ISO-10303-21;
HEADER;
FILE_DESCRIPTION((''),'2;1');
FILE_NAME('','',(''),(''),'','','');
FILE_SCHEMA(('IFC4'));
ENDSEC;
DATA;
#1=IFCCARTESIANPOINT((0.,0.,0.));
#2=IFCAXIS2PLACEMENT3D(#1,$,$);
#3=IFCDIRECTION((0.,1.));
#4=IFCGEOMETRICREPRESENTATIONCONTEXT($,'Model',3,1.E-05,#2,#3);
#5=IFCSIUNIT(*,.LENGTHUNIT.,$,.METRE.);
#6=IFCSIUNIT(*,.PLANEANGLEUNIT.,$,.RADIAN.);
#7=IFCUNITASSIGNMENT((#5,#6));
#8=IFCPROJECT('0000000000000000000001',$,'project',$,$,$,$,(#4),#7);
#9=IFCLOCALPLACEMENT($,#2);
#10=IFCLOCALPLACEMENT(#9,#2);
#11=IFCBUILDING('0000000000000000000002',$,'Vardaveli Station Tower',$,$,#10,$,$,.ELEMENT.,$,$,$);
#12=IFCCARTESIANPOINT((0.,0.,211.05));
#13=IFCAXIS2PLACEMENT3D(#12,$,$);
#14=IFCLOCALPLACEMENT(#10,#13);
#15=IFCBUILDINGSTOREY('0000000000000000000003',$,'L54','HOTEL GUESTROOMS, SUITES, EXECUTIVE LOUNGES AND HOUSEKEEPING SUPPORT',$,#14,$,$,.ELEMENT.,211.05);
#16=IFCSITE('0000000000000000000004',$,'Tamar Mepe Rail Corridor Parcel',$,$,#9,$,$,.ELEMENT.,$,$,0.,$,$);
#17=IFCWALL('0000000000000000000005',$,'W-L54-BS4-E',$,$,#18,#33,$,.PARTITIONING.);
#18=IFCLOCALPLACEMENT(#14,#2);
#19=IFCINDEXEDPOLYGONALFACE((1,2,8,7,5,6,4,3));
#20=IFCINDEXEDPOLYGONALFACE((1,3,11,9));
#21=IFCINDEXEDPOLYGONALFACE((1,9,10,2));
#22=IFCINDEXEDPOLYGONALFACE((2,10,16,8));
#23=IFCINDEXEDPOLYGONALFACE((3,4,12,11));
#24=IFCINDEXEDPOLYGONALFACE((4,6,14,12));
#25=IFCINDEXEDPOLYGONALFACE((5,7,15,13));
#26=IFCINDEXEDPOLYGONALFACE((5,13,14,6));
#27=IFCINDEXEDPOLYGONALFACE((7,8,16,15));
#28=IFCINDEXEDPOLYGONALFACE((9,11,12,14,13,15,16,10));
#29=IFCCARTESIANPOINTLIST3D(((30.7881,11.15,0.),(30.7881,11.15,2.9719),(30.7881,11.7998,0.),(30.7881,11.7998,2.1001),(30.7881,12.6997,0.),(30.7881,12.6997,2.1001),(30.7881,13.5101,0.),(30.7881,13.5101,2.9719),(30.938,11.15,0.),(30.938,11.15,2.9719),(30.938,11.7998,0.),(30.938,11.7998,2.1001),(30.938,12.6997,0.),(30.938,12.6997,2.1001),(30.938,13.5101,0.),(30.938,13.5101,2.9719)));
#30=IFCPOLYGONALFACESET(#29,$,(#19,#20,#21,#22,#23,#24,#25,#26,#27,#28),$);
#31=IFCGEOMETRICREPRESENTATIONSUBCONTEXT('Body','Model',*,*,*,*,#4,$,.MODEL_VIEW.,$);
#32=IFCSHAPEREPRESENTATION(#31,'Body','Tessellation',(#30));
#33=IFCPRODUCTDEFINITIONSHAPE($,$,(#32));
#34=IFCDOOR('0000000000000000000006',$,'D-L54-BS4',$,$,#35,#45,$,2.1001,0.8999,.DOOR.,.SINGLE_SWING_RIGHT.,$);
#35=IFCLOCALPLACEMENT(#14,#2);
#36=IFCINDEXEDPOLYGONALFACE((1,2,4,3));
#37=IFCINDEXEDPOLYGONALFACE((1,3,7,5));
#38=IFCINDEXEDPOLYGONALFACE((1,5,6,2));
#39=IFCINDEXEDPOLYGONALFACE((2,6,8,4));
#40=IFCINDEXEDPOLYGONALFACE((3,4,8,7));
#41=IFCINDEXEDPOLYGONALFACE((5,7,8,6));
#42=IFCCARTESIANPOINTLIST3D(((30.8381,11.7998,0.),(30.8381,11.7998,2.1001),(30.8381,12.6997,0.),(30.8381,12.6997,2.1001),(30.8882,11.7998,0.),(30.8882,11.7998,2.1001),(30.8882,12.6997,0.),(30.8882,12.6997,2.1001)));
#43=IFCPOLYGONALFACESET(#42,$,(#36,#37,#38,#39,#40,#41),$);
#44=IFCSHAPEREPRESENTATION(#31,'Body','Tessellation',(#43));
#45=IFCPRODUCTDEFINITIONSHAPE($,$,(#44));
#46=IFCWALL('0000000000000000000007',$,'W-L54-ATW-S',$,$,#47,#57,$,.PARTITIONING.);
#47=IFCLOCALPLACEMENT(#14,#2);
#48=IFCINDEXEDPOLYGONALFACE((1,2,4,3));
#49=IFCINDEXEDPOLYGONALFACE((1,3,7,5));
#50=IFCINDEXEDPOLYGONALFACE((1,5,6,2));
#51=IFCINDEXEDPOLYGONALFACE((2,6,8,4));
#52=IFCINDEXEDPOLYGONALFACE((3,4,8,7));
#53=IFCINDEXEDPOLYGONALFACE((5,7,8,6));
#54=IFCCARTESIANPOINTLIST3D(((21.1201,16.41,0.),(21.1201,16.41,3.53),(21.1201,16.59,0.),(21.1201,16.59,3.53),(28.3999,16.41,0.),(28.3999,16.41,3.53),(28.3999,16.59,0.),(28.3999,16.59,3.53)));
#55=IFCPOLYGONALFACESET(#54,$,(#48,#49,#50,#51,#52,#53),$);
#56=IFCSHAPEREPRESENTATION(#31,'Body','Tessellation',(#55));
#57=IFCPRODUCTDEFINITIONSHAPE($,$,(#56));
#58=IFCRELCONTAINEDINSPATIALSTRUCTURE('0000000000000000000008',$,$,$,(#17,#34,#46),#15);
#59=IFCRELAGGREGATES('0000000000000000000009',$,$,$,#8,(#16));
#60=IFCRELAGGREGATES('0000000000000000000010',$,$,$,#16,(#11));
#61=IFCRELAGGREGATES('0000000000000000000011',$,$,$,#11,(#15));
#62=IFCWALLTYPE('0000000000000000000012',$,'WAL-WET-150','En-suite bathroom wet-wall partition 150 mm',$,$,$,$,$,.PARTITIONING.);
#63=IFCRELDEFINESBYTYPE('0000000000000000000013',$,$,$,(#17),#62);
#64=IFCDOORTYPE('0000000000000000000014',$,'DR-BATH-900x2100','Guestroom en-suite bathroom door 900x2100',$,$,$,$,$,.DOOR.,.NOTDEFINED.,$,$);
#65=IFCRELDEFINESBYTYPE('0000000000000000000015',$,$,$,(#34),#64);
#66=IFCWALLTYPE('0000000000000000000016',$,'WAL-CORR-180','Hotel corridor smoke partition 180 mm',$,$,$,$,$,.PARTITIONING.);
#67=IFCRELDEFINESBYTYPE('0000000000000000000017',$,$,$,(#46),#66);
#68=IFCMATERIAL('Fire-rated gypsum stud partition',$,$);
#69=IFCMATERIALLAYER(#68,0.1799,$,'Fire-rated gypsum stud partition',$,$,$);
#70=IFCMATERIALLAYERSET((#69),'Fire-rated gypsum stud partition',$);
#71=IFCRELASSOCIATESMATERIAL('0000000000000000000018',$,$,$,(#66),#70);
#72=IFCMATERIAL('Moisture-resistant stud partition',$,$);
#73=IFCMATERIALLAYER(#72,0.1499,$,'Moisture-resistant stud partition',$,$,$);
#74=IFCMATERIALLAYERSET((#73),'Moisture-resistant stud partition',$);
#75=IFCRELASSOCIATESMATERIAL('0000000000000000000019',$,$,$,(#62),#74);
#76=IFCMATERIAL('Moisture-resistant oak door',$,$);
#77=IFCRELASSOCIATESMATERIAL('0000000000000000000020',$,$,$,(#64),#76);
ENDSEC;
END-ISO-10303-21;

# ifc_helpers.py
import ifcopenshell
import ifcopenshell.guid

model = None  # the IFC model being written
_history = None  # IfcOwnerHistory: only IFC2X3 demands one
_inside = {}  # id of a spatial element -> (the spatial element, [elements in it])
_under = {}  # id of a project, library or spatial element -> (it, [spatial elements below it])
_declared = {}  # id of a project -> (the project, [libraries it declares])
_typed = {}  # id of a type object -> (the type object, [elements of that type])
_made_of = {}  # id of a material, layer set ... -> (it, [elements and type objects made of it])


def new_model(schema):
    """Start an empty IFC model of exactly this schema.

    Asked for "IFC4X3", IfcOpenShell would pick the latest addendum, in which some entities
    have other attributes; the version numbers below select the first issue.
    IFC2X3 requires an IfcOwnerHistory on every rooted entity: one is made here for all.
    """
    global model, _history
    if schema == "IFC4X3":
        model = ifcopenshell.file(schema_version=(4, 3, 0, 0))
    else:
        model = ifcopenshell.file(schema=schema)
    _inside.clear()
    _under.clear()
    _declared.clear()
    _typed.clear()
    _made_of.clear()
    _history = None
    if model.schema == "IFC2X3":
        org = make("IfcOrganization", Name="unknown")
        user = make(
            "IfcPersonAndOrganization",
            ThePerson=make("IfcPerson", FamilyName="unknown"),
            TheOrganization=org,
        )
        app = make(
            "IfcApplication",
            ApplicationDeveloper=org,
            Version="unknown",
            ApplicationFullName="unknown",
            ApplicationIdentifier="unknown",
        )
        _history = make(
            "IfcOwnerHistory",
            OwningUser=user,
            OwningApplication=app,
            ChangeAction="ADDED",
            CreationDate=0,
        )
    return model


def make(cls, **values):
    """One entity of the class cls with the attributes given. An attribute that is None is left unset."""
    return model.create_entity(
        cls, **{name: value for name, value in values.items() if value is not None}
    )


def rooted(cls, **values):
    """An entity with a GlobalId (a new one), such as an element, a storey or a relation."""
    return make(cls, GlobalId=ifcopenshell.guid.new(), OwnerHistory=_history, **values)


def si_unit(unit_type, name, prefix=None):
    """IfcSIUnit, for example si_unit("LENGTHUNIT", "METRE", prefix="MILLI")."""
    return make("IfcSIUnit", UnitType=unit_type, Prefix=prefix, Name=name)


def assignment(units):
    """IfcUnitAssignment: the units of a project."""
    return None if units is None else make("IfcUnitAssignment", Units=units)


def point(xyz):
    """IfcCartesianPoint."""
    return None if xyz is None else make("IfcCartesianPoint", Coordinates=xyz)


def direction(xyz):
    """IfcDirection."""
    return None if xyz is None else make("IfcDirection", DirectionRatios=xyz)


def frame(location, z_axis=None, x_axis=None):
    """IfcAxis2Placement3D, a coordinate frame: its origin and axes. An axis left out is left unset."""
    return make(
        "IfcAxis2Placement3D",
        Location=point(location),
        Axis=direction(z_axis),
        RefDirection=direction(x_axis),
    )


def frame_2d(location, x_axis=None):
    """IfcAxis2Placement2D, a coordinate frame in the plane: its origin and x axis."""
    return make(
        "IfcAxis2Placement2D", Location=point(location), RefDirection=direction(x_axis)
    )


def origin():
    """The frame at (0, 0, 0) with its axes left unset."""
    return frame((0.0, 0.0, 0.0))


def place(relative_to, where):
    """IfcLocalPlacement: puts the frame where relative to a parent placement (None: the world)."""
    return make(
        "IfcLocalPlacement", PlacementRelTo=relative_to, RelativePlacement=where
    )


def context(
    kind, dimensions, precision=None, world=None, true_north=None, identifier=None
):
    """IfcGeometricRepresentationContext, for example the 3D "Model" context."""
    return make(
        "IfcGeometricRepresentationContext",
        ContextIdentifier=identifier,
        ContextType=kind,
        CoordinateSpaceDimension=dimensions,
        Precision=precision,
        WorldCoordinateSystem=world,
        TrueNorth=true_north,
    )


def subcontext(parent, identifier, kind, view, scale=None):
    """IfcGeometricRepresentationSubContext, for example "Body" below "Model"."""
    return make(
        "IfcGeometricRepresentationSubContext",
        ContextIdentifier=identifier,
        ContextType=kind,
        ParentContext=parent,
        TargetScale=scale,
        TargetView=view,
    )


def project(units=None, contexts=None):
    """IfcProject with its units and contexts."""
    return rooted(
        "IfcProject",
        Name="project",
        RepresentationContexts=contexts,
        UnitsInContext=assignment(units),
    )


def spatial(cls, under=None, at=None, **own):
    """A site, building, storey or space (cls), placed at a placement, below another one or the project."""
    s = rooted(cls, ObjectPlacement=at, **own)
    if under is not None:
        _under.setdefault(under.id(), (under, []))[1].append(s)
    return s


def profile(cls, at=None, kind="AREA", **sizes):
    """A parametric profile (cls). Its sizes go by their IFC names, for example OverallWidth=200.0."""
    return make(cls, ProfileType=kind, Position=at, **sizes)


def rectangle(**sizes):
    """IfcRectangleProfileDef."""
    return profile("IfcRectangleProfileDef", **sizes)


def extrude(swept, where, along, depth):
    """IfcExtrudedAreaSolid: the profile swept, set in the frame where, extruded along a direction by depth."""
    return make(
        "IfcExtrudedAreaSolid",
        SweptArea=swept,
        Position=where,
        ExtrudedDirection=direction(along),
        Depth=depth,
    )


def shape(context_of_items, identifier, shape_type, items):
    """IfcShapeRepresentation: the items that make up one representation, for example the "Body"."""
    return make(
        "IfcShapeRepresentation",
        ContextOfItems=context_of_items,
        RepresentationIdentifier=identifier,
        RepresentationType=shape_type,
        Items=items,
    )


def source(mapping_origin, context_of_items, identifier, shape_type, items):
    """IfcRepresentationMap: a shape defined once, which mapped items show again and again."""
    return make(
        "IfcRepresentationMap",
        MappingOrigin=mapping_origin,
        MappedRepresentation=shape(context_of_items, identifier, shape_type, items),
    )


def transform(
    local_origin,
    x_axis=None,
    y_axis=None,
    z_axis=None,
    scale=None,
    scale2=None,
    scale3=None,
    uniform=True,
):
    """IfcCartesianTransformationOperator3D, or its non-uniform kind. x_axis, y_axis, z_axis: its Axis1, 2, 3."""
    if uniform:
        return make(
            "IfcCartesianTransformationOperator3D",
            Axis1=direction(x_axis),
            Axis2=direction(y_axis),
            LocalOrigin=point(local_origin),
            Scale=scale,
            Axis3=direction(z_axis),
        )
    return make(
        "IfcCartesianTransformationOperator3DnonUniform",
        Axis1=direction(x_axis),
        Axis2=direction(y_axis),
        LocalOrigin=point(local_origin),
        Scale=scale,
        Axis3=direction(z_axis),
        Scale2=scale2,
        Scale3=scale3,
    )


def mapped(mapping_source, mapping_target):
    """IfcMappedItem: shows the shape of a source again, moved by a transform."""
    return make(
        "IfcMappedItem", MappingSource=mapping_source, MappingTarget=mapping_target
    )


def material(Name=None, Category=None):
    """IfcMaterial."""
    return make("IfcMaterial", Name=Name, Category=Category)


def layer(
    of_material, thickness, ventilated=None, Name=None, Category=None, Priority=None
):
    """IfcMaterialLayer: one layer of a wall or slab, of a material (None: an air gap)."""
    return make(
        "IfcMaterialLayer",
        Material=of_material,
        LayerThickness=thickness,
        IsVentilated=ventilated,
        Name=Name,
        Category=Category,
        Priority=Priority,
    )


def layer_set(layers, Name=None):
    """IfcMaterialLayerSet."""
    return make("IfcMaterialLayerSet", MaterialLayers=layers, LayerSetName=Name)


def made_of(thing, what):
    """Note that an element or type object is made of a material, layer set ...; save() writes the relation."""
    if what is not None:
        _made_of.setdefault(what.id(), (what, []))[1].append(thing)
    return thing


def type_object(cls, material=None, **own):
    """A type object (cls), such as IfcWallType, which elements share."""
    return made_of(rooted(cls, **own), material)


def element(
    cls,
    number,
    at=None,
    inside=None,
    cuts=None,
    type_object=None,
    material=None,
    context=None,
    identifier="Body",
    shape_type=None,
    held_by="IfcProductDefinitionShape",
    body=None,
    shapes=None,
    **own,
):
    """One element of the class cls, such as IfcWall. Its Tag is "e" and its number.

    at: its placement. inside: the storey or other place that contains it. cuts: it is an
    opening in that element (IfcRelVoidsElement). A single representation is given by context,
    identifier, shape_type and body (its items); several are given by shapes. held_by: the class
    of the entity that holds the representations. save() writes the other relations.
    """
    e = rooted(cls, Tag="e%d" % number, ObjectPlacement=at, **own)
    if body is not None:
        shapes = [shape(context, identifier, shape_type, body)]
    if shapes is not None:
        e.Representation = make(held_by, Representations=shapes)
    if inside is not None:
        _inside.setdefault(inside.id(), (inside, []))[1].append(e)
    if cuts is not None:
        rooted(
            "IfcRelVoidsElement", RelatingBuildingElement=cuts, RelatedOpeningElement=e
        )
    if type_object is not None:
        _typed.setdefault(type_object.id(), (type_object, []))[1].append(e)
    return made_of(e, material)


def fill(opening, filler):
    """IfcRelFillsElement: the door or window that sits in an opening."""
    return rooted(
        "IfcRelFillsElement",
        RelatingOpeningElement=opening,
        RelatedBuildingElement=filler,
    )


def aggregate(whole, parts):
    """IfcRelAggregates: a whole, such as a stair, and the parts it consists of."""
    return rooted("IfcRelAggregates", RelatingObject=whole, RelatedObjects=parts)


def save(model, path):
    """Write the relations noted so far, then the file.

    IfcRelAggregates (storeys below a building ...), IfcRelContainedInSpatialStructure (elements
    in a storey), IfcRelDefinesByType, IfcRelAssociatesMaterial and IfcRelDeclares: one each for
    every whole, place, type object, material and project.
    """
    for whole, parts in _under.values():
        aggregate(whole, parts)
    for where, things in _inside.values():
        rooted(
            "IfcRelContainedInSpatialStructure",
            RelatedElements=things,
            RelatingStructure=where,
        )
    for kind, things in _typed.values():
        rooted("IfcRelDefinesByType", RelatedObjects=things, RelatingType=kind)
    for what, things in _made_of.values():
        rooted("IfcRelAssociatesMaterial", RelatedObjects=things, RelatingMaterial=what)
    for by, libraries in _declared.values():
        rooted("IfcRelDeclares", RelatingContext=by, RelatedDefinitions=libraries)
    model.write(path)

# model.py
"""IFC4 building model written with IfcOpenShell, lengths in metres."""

from ifc_helpers import new_model, si_unit, direction, frame, frame_2d, origin, place, context, subcontext, project, spatial, rectangle, extrude, source, transform, mapped, material, layer, layer_set, type_object, element, fill, save


model = new_model("IFC4")

# Units and contexts
model_context = context("Model", 3, precision=1e-05, world=origin(), true_north=direction((0.0, 1.0)))
body_context = subcontext(model_context, "Body", "Model", "MODEL_VIEW")
ifc_project = project(units=[si_unit("LENGTHUNIT", "METRE"), si_unit("PLANEANGLEUNIT", "RADIAN")], contexts=[model_context])

# Site, building, storey
site_placement = place(None, origin())
site = spatial("IfcSite", under=ifc_project, at=site_placement, Name="Tamar Mepe Rail Corridor Parcel", CompositionType="ELEMENT", RefElevation=0.0)
building_placement = place(site_placement, origin())
building = spatial("IfcBuilding", under=site, at=building_placement, Name="Vardaveli Station Tower", CompositionType="ELEMENT")
storey_placement = place(building_placement, frame((0.0, 0.0, 211.05)))
storey = spatial("IfcBuildingStorey", under=building, at=storey_placement, Name="L54", Description="HOTEL GUESTROOMS, SUITES, EXECUTIVE LOUNGES AND HOUSEKEEPING SUPPORT", CompositionType="ELEMENT", Elevation=211.05)

# Shared definitions
ifc_material_1 = material(Name="Fire-rated gypsum stud partition")
ifc_layer_1 = layer(ifc_material_1, 0.1799, Name="Fire-rated gypsum stud partition")
ifc_layer_set_1 = layer_set([ifc_layer_1], Name="Fire-rated gypsum stud partition")
wall_type_1 = type_object("IfcWallType", Name="WAL-CORR-180", Description="Hotel corridor smoke partition 180 mm", PredefinedType="PARTITIONING", material=ifc_layer_set_1)

# Shared definitions
ifc_material_2 = material(Name="Moisture-resistant stud partition")
ifc_layer_2 = layer(ifc_material_2, 0.1499, Name="Moisture-resistant stud partition")
ifc_layer_set_2 = layer_set([ifc_layer_2], Name="Moisture-resistant stud partition")
wall_type_2 = type_object("IfcWallType", Name="WAL-WET-150", Description="En-suite bathroom wet-wall partition 150 mm", PredefinedType="PARTITIONING", material=ifc_layer_set_2)
shared_shape_1 = source(origin(), body_context, "Body", "SweptSolid", [
    extrude(rectangle(XDim=0.8999, YDim=2.1001, at=frame_2d((0.45, 1.05))), frame((0.0, 0.085, 0.0), z_axis=(0.0, -1.0, 0.0), x_axis=(1.0, 0.0, 0.0)), (0.0, 0.0, 1.0), 0.1699),
])
ifc_material_3 = material(Name="Moisture-resistant oak door")
door_type_1 = type_object("IfcDoorType", Name="DR-BATH-900x2100", Description="Guestroom en-suite bathroom door 900x2100", OperationType="NOTDEFINED", PredefinedType="DOOR", material=ifc_material_3)
shared_shape_2 = source(origin(), body_context, "Body", "SweptSolid", [
    extrude(rectangle(XDim=0.8999, YDim=2.1001, at=frame_2d((0.45, 1.05))), frame((0.0, 0.0249, 0.0), z_axis=(0.0, -1.0, 0.0), x_axis=(1.0, 0.0, 0.0)), (0.0, 0.0, 1.0), 0.05),
])

# Wall, opening, door
shared_shape_3 = source(origin(), body_context, "Body", "SweptSolid", [
    extrude(rectangle(XDim=2.3601, YDim=0.1499, at=frame_2d((1.1802, 0.0))), origin(), (0.0, 0.0, 1.0), 2.9719),
])
wall_1_placement = place(storey_placement, frame((30.863, 11.1499, 0.0), z_axis=(0.0, 0.0, 1.0), x_axis=(0.0, 1.0, 0.0)))
wall_1 = element("IfcWall", 1, at=wall_1_placement, inside=storey, type_object=wall_type_2, Name="W-L54-BS4-E", PredefinedType="PARTITIONING", context=body_context, shape_type="MappedRepresentation", body=[
    mapped(shared_shape_3, transform((0.0, 0.0, 0.0), scale=1.0)),
])
opening_1_placement = place(wall_1_placement, frame((0.6499, 0.0, 0.0)))
opening_1 = element("IfcOpeningElement", 2, at=opening_1_placement, cuts=wall_1, PredefinedType="OPENING", context=body_context, shape_type="MappedRepresentation", body=[
    mapped(shared_shape_1, transform((0.0, 0.0, 0.0), scale=1.0)),
])
door_1_placement = place(opening_1_placement, origin())
door_1 = element("IfcDoor", 3, at=door_1_placement, inside=storey, type_object=door_type_1, Name="D-L54-BS4", OperationType="SINGLE_SWING_RIGHT", OverallHeight=2.1001, OverallWidth=0.8999, PredefinedType="DOOR", context=body_context, shape_type="MappedRepresentation", body=[
    mapped(shared_shape_2, transform((0.0, 0.0, 0.0), scale=1.0)),
])
fill(opening_1, door_1)

# Wall
shared_shape_4 = source(origin(), body_context, "Body", "SweptSolid", [
    extrude(rectangle(XDim=7.2798, YDim=0.1799, at=frame_2d((3.6399, 0.0))), origin(), (0.0, 0.0, 1.0), 3.53),
])
wall_2_placement = place(storey_placement, frame((21.1201, 16.5, 0.0), z_axis=(0.0, 0.0, 1.0), x_axis=(1.0, 0.0, 0.0)))
element("IfcWall", 4, at=wall_2_placement, inside=storey, type_object=wall_type_1, Name="W-L54-ATW-S", PredefinedType="PARTITIONING", context=body_context, shape_type="MappedRepresentation", body=[
    mapped(shared_shape_4, transform((0.0, 0.0, 0.0), scale=1.0)),
])

save(model, "model.ifc")
